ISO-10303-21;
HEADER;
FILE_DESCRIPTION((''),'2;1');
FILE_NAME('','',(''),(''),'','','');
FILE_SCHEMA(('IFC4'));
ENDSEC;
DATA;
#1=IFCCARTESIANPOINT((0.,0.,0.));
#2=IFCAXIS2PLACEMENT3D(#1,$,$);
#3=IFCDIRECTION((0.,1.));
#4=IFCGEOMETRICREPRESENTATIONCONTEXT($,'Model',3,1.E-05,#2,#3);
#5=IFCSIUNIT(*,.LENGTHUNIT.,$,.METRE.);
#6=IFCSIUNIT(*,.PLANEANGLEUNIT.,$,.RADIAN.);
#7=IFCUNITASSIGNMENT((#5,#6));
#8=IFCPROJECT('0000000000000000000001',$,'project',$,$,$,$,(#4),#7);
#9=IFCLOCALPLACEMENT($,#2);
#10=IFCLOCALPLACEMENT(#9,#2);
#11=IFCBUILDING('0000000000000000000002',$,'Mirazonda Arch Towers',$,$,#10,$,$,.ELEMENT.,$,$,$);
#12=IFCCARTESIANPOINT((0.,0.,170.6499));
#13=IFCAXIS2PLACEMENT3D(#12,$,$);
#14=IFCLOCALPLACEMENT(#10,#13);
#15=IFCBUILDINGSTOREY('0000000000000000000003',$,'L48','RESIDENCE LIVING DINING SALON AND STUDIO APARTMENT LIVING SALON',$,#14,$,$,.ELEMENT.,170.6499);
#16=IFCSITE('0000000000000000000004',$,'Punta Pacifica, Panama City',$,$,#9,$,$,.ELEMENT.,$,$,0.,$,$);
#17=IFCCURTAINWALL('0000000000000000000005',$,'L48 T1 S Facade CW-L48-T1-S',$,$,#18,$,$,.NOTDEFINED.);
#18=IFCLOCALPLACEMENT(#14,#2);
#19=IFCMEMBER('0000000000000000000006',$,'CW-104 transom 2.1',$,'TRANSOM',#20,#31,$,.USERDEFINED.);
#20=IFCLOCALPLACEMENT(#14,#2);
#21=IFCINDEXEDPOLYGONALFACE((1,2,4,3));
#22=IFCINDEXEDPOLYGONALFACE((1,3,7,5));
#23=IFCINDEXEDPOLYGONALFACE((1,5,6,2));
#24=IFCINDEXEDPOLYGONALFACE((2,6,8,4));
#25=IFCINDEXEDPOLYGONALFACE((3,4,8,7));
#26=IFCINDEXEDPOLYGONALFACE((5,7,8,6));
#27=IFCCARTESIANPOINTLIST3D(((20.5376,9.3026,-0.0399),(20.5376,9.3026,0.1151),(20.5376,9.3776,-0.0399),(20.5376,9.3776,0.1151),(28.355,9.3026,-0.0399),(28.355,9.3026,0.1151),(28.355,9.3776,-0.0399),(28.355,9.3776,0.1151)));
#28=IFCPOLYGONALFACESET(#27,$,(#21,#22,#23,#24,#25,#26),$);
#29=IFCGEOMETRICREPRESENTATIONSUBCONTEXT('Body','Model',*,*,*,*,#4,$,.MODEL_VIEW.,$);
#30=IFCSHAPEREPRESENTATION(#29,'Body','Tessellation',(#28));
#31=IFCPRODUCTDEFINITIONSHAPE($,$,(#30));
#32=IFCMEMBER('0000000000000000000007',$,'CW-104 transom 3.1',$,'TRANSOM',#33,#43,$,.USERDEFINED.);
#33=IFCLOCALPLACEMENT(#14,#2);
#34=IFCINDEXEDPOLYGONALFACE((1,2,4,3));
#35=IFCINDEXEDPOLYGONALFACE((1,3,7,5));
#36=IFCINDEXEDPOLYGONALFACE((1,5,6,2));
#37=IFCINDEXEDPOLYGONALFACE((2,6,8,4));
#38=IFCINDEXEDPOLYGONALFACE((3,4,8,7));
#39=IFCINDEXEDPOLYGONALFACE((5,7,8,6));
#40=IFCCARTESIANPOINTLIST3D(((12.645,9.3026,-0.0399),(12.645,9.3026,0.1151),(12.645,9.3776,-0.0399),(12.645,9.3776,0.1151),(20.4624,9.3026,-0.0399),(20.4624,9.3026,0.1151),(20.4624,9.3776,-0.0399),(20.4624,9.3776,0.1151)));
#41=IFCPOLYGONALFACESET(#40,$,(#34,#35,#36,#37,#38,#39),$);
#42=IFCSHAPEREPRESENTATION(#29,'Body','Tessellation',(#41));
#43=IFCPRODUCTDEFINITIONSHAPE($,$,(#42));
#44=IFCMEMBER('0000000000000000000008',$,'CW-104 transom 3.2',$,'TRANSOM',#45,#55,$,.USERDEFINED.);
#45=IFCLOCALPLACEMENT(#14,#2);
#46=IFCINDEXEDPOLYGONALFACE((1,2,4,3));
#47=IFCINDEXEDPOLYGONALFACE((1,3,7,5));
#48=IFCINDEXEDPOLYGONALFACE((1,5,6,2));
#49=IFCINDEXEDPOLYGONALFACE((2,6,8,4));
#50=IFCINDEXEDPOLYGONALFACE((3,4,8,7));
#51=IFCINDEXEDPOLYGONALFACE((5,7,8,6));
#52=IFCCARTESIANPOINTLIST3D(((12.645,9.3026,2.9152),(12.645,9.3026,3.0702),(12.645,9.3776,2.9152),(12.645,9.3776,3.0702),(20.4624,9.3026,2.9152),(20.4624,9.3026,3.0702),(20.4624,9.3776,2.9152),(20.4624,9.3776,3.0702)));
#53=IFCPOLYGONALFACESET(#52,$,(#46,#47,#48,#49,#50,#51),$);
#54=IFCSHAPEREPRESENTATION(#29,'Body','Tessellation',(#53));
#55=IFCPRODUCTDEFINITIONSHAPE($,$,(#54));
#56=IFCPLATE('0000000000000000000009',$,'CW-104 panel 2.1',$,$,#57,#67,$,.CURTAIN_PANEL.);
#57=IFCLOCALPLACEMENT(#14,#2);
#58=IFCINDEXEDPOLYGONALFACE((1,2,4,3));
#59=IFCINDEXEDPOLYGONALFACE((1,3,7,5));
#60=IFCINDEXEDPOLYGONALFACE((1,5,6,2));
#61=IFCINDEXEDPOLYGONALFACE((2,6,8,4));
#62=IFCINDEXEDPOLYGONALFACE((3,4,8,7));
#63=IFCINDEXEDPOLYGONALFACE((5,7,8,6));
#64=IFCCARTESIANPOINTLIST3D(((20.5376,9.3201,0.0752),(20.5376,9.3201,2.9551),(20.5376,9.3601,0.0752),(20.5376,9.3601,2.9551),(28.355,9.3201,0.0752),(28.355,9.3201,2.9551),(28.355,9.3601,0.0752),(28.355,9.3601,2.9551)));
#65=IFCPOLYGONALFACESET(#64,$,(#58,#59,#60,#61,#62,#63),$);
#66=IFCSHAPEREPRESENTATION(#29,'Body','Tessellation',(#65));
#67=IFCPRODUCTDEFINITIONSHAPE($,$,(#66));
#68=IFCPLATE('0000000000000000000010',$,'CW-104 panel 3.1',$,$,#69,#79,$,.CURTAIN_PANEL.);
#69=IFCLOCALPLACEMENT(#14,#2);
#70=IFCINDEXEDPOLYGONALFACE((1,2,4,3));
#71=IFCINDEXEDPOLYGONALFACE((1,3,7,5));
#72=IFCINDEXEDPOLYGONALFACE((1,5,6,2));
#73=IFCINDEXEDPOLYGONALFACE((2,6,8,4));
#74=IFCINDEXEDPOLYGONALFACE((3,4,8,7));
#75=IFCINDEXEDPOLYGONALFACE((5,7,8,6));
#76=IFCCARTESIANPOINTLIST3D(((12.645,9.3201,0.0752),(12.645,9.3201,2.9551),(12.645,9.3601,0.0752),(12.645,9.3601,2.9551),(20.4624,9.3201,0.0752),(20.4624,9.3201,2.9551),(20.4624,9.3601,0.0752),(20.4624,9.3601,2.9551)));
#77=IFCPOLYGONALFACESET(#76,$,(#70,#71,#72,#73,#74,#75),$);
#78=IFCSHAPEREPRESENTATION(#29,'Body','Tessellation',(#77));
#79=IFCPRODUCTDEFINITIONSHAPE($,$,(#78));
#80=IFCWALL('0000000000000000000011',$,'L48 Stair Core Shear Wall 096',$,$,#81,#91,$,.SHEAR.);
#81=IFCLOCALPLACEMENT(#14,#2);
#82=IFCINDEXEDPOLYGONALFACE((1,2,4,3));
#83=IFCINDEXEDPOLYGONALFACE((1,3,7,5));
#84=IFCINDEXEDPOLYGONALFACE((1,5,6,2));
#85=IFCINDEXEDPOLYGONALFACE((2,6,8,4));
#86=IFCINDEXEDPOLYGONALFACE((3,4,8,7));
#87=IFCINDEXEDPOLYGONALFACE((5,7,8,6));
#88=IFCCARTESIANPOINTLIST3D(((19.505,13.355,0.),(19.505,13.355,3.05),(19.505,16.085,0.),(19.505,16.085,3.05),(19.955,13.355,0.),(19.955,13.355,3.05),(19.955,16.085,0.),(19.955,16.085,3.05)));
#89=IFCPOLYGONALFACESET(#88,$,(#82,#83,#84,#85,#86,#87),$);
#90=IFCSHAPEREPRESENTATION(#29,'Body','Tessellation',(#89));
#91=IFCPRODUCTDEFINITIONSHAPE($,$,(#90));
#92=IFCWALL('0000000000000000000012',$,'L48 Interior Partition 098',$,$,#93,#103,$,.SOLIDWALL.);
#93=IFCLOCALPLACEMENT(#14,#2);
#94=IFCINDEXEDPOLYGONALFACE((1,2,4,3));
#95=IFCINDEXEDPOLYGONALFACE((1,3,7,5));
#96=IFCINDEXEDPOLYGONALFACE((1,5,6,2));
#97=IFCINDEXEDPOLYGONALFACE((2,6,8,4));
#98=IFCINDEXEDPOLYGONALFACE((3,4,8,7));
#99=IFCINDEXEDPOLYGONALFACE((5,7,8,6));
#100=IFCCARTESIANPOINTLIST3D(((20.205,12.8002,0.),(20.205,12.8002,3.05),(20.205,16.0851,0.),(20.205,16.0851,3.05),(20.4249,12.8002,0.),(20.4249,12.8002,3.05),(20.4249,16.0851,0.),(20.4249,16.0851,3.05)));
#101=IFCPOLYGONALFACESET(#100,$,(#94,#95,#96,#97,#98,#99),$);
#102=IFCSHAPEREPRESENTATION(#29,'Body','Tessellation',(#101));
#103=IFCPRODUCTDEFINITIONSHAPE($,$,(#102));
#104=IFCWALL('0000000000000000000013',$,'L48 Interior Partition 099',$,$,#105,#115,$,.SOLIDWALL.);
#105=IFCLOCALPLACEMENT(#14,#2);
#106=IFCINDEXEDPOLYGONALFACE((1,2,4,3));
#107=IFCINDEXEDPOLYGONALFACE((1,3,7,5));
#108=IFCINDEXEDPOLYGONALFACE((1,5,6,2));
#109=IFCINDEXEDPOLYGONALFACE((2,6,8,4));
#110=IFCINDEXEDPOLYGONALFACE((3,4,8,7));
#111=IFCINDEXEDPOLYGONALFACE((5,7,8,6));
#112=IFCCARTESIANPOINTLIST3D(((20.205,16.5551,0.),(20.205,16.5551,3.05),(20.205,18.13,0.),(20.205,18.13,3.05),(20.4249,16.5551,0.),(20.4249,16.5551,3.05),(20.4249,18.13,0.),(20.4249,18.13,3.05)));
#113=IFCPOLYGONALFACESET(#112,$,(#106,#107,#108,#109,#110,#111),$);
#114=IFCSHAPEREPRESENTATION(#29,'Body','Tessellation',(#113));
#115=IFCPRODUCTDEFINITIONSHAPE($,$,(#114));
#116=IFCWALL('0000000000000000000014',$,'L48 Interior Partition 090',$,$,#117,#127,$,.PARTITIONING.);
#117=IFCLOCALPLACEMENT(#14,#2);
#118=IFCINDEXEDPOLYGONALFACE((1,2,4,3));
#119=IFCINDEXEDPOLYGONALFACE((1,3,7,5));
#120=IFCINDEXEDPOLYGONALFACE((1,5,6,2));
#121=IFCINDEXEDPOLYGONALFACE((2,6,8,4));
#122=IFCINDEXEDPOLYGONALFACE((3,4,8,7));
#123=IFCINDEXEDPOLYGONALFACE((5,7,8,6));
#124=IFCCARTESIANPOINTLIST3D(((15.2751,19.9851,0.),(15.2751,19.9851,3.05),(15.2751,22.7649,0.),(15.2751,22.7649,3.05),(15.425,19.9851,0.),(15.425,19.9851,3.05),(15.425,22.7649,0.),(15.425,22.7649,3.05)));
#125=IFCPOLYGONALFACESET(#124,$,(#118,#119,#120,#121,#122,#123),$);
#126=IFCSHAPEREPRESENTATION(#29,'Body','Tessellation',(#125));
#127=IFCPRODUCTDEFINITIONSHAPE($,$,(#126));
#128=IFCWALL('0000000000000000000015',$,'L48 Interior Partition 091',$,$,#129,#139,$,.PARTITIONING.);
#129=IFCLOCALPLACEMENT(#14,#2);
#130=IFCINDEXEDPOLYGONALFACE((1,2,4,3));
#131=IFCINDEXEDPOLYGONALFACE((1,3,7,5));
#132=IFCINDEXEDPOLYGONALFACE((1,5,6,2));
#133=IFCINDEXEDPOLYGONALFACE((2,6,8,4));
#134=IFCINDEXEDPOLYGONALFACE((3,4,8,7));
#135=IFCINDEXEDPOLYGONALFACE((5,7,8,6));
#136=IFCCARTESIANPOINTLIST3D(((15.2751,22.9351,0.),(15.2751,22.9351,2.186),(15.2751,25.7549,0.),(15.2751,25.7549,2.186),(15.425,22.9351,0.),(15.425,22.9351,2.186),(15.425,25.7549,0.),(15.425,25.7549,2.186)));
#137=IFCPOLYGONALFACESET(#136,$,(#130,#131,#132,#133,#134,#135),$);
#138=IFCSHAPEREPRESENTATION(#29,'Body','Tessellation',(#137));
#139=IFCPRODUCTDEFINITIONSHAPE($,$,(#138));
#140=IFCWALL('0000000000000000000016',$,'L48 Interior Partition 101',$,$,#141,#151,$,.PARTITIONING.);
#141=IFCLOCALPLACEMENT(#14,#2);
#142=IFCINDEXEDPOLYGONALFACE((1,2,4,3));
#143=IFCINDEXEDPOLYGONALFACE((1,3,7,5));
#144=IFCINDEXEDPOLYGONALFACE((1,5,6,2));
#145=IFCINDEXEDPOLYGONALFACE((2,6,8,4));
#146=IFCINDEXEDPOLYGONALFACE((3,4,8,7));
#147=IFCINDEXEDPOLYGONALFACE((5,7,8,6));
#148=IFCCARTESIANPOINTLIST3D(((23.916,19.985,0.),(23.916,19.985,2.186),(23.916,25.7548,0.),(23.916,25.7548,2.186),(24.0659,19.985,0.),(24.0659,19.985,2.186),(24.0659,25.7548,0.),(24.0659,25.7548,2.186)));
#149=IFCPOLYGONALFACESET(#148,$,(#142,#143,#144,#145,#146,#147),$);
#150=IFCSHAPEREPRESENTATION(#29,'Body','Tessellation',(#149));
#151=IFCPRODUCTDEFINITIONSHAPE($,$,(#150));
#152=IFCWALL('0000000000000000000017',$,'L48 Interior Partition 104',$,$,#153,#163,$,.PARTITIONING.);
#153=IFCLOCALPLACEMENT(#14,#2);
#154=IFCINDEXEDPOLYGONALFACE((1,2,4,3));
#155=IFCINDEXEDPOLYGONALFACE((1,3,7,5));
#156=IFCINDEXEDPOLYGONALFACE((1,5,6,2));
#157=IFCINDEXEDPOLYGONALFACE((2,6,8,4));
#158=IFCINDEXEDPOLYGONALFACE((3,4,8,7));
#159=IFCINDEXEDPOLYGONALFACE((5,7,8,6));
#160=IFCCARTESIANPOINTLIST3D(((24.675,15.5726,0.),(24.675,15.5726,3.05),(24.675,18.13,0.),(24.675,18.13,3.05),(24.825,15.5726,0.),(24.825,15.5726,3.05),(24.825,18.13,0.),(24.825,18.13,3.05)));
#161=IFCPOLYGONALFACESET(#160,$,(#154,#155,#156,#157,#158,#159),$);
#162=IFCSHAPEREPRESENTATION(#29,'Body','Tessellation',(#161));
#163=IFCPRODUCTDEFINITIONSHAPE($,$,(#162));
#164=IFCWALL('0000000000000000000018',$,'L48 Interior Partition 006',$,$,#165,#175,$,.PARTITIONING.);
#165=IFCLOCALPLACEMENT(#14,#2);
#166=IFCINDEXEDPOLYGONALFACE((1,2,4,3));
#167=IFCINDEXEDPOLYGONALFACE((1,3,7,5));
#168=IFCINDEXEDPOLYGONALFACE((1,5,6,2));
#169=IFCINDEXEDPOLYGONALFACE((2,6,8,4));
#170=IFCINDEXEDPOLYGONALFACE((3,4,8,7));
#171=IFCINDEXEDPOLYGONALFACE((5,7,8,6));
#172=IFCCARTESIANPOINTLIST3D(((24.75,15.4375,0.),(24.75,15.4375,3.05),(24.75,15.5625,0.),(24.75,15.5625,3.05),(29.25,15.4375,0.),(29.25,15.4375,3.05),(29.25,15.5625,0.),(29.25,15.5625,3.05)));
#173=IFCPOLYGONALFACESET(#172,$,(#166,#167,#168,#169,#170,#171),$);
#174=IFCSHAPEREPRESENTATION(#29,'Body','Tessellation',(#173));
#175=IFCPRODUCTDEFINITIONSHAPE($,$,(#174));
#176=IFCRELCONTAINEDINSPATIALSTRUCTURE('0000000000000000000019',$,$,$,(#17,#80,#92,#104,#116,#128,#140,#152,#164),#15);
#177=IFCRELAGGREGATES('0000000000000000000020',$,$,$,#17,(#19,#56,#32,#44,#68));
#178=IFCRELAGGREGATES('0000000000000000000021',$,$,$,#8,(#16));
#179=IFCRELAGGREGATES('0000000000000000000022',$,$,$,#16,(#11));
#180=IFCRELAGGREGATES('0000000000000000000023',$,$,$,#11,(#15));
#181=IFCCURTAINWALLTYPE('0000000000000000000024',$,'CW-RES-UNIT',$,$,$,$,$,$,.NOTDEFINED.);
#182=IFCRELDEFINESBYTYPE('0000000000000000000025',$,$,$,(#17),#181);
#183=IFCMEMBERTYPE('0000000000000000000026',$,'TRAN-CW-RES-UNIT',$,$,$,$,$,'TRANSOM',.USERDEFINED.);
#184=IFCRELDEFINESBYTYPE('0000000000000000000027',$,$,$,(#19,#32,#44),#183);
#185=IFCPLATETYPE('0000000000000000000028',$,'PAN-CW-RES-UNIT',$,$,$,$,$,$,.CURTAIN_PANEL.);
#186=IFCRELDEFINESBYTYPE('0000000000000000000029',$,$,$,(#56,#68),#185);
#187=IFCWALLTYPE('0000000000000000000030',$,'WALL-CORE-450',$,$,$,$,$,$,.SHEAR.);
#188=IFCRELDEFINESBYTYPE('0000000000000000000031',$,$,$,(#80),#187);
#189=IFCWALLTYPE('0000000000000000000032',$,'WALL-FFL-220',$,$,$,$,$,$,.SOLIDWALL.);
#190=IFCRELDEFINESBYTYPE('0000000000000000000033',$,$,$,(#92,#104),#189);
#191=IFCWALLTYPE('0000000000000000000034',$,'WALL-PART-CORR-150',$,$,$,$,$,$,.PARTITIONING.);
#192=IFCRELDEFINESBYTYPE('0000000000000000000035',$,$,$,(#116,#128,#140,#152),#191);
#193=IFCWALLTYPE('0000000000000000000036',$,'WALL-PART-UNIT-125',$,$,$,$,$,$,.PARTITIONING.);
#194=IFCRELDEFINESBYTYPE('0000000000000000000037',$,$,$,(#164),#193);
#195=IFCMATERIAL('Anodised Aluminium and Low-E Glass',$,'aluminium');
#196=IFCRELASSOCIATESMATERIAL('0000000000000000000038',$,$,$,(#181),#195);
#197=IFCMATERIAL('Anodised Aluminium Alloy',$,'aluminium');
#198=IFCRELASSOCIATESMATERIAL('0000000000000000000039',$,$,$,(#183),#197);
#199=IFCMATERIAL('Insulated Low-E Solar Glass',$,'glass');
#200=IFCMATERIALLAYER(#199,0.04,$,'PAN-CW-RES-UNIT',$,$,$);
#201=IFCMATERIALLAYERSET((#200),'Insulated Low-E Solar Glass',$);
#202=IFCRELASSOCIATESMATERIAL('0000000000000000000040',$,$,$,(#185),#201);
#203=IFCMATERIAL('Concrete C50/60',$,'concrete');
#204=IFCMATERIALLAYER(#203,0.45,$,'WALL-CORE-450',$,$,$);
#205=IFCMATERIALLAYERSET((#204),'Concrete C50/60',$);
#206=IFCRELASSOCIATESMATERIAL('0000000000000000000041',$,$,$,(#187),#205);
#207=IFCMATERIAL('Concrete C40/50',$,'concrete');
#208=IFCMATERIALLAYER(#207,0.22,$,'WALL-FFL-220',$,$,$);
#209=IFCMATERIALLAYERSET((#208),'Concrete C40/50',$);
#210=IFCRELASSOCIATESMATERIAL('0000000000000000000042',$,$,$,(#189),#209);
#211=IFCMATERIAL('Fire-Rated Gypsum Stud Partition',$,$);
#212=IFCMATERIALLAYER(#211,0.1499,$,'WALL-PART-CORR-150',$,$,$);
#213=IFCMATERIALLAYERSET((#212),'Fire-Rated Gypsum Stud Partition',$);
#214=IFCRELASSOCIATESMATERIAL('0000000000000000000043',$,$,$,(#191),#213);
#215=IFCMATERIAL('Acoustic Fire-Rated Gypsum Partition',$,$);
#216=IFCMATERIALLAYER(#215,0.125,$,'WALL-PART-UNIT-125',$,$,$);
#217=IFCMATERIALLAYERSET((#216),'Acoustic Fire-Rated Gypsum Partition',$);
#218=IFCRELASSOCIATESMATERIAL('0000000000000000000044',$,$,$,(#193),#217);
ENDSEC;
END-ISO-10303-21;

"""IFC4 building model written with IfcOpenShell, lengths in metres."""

from ifc_helpers import new_model, si_unit, direction, frame, frame_2d, origin, origin_2d, place, context, subcontext, project, spatial, rectangle, extrude, material, layer, layer_set, material_profile, profile_set, type_object, element, aggregate, save


model = new_model("IFC4")

# Units and contexts
model_context = context("Model", 3, precision=1e-05, world=origin(), true_north=direction((0.0, 1.0)))
body_context = subcontext(model_context, "Body", "Model", "MODEL_VIEW")
ifc_project = project(units=[si_unit("LENGTHUNIT", "METRE"), si_unit("PLANEANGLEUNIT", "RADIAN")], contexts=[model_context])

# Site, building, storey
site_placement = place(None, origin())
site = spatial("IfcSite", under=ifc_project, at=site_placement, Name="Punta Pacifica, Panama City", CompositionType="ELEMENT", RefElevation=0.0)
building_placement = place(site_placement, origin())
building = spatial("IfcBuilding", under=site, at=building_placement, Name="Mirazonda Arch Towers", CompositionType="ELEMENT")
storey_placement = place(building_placement, frame((0.0, 0.0, 170.6499)))
storey = spatial("IfcBuildingStorey", under=building, at=storey_placement, Name="L48", Description="RESIDENCE LIVING DINING SALON AND STUDIO APARTMENT LIVING SALON", CompositionType="ELEMENT", Elevation=170.6499)

# Shared definitions
ifc_material_1 = material(Name="Concrete C50/60", Category="concrete")

# Curtain wall, members, plates
ifc_material_2 = material(Name="Anodised Aluminium and Low-E Glass", Category="aluminium")
curtain_wall_type = type_object("IfcCurtainWallType", Name="CW-RES-UNIT", PredefinedType="NOTDEFINED", material=ifc_material_2)
curtain_wall_placement = place(storey_placement, origin())
curtain_wall = element("IfcCurtainWall", 1, at=curtain_wall_placement, inside=storey, type_object=curtain_wall_type, Name="L48 T1 S Facade CW-L48-T1-S", PredefinedType="NOTDEFINED")
ifc_material_3 = material(Name="Anodised Aluminium Alloy", Category="aluminium")
ifc_material_profile_1 = material_profile(ifc_material_3, rectangle(XDim=0.075, YDim=0.155, at=origin_2d()), Name="ALU-TRAN-75x155")
ifc_profile_set_1 = profile_set([ifc_material_profile_1], Name="Anodised Aluminium Alloy")
member_type_1 = type_object("IfcMemberType", Name="TRAN-CW-RES-UNIT", ElementType="TRANSOM", PredefinedType="USERDEFINED", material=ifc_profile_set_1)
member_1_placement = place(storey_placement, frame((28.355, 9.3401, 0.0376), z_axis=(-1.0, 0.0, 0.0), x_axis=(0.0, -1.0, 0.0)))
member_1 = element("IfcMember", 2, at=member_1_placement, type_object=member_type_1, Name="CW-104 transom 2.1", ObjectType="TRANSOM", PredefinedType="USERDEFINED", context=body_context, shape_type="SweptSolid", body=[
    extrude(rectangle(XDim=0.075, YDim=0.155, at=origin_2d()), origin(), (0.0, 0.0, 1.0), 7.8174),
])
member_2_placement = place(storey_placement, frame((20.4624, 9.3401, 0.0376), z_axis=(-1.0, 0.0, 0.0), x_axis=(0.0, -1.0, 0.0)))
member_2 = element("IfcMember", 3, at=member_2_placement, type_object=member_type_1, Name="CW-104 transom 3.1", ObjectType="TRANSOM", PredefinedType="USERDEFINED", context=body_context, shape_type="SweptSolid", body=[
    extrude(rectangle(XDim=0.075, YDim=0.155, at=origin_2d()), origin(), (0.0, 0.0, 1.0), 7.8174),
])
member_3_placement = place(storey_placement, frame((20.4624, 9.3401, 2.9927), z_axis=(-1.0, 0.0, 0.0), x_axis=(0.0, -1.0, 0.0)))
member_3 = element("IfcMember", 4, at=member_3_placement, type_object=member_type_1, Name="CW-104 transom 3.2", ObjectType="TRANSOM", PredefinedType="USERDEFINED", context=body_context, shape_type="SweptSolid", body=[
    extrude(rectangle(XDim=0.075, YDim=0.155, at=origin_2d()), origin(), (0.0, 0.0, 1.0), 7.8174),
])
ifc_material_4 = material(Name="Insulated Low-E Solar Glass", Category="glass")
ifc_layer_1 = layer(ifc_material_4, 0.04, Name="PAN-CW-RES-UNIT")
ifc_layer_set_1 = layer_set([ifc_layer_1], Name="Insulated Low-E Solar Glass")
plate_type = type_object("IfcPlateType", Name="PAN-CW-RES-UNIT", PredefinedType="CURTAIN_PANEL", material=ifc_layer_set_1)
plate_1_placement = place(storey_placement, frame((24.4463, 9.3401, 0.0752), z_axis=(0.0, 0.0, 1.0), x_axis=(-1.0, 0.0, 0.0)))
plate_1 = element("IfcPlate", 5, at=plate_1_placement, type_object=plate_type, Name="CW-104 panel 2.1", PredefinedType="CURTAIN_PANEL", context=body_context, shape_type="SweptSolid", body=[
    extrude(rectangle(XDim=7.8174, YDim=0.04, at=origin_2d()), origin(), (0.0, 0.0, 1.0), 2.8799),
])
plate_2_placement = place(storey_placement, frame((16.5537, 9.3401, 0.0752), z_axis=(0.0, 0.0, 1.0), x_axis=(-1.0, 0.0, 0.0)))
plate_2 = element("IfcPlate", 6, at=plate_2_placement, type_object=plate_type, Name="CW-104 panel 3.1", PredefinedType="CURTAIN_PANEL", context=body_context, shape_type="SweptSolid", body=[
    extrude(rectangle(XDim=7.8174, YDim=0.04, at=origin_2d()), origin(), (0.0, 0.0, 1.0), 2.8799),
])
aggregate(curtain_wall, [member_1, plate_1, member_2, member_3, plate_2])

# Walls
ifc_layer_2 = layer(ifc_material_1, 0.45, Name="WALL-CORE-450")
ifc_layer_set_2 = layer_set([ifc_layer_2], Name="Concrete C50/60")
wall_type_1 = type_object("IfcWallType", Name="WALL-CORE-450", PredefinedType="SHEAR", material=ifc_layer_set_2)
wall_1_placement = place(storey_placement, frame((19.73, 13.355, 0.0), z_axis=(0.0, 0.0, 1.0), x_axis=(0.0, 1.0, 0.0)))
element("IfcWall", 7, at=wall_1_placement, inside=storey, type_object=wall_type_1, Name="L48 Stair Core Shear Wall 096", PredefinedType="SHEAR", context=body_context, shape_type="SweptSolid", body=[
    extrude(rectangle(XDim=2.73, YDim=0.45, at=frame_2d((1.365, 0.0))), origin(), (0.0, 0.0, 1.0), 3.05),
])
ifc_material_5 = material(Name="Concrete C40/50", Category="concrete")
ifc_layer_3 = layer(ifc_material_5, 0.22, Name="WALL-FFL-220")
ifc_layer_set_3 = layer_set([ifc_layer_3], Name="Concrete C40/50")
wall_type_2 = type_object("IfcWallType", Name="WALL-FFL-220", PredefinedType="SOLIDWALL", material=ifc_layer_set_3)
wall_2_placement = place(storey_placement, frame((20.3149, 12.8, 0.0), z_axis=(0.0, 0.0, 1.0), x_axis=(0.0, 1.0, 0.0)))
element("IfcWall", 8, at=wall_2_placement, inside=storey, type_object=wall_type_2, Name="L48 Interior Partition 098", PredefinedType="SOLIDWALL", context=body_context, shape_type="SweptSolid", body=[
    extrude(rectangle(XDim=3.2849, YDim=0.22, at=frame_2d((1.6426, 0.0))), origin(), (0.0, 0.0, 1.0), 3.05),
])
wall_3_placement = place(storey_placement, frame((20.3149, 16.5549, 0.0), z_axis=(0.0, 0.0, 1.0), x_axis=(0.0, 1.0, 0.0)))
element("IfcWall", 9, at=wall_3_placement, inside=storey, type_object=wall_type_2, Name="L48 Interior Partition 099", PredefinedType="SOLIDWALL", context=body_context, shape_type="SweptSolid", body=[
    extrude(rectangle(XDim=1.575, YDim=0.22, at=frame_2d((0.7876, 0.0))), origin(), (0.0, 0.0, 1.0), 3.05),
])
ifc_material_6 = material(Name="Fire-Rated Gypsum Stud Partition")
ifc_layer_4 = layer(ifc_material_6, 0.1499, Name="WALL-PART-CORR-150")
ifc_layer_set_4 = layer_set([ifc_layer_4], Name="Fire-Rated Gypsum Stud Partition")
wall_type_3 = type_object("IfcWallType", Name="WALL-PART-CORR-150", PredefinedType="PARTITIONING", material=ifc_layer_set_4)
wall_4_placement = place(storey_placement, frame((15.3501, 19.9851, 0.0), z_axis=(0.0, 0.0, 1.0), x_axis=(0.0, 1.0, 0.0)))
element("IfcWall", 10, at=wall_4_placement, inside=storey, type_object=wall_type_3, Name="L48 Interior Partition 090", PredefinedType="PARTITIONING", context=body_context, shape_type="SweptSolid", body=[
    extrude(rectangle(XDim=2.7798, YDim=0.1499, at=frame_2d((1.3899, 0.0))), origin(), (0.0, 0.0, 1.0), 3.05),
])
wall_5_placement = place(storey_placement, frame((15.3501, 22.9351, 0.0), z_axis=(0.0, 0.0, 1.0), x_axis=(0.0, 1.0, 0.0)))
element("IfcWall", 11, at=wall_5_placement, inside=storey, type_object=wall_type_3, Name="L48 Interior Partition 091", PredefinedType="PARTITIONING", context=body_context, shape_type="SweptSolid", body=[
    extrude(rectangle(XDim=2.8198, YDim=0.1499, at=frame_2d((1.4099, 0.0))), origin(), (0.0, 0.0, 1.0), 2.186),
])
wall_6_placement = place(storey_placement, frame((23.991, 19.9851, 0.0), z_axis=(0.0, 0.0, 1.0), x_axis=(0.0, 1.0, 0.0)))
element("IfcWall", 12, at=wall_6_placement, inside=storey, type_object=wall_type_3, Name="L48 Interior Partition 101", PredefinedType="PARTITIONING", context=body_context, shape_type="SweptSolid", body=[
    extrude(rectangle(XDim=5.7698, YDim=0.1499, at=frame_2d((2.8848, 0.0))), origin(), (0.0, 0.0, 1.0), 2.186),
])

# Walls
wall_7_placement = place(storey_placement, frame((24.75, 15.5725, 0.0), z_axis=(0.0, 0.0, 1.0), x_axis=(0.0, 1.0, 0.0)))
element("IfcWall", 13, at=wall_7_placement, inside=storey, type_object=wall_type_3, Name="L48 Interior Partition 104", PredefinedType="PARTITIONING", context=body_context, shape_type="SweptSolid", body=[
    extrude(rectangle(XDim=2.5574, YDim=0.1499, at=frame_2d((1.2788, 0.0))), origin(), (0.0, 0.0, 1.0), 3.05),
])
ifc_material_7 = material(Name="Acoustic Fire-Rated Gypsum Partition")
ifc_layer_5 = layer(ifc_material_7, 0.125, Name="WALL-PART-UNIT-125")
ifc_layer_set_5 = layer_set([ifc_layer_5], Name="Acoustic Fire-Rated Gypsum Partition")
wall_type_4 = type_object("IfcWallType", Name="WALL-PART-UNIT-125", PredefinedType="PARTITIONING", material=ifc_layer_set_5)
wall_8_placement = place(storey_placement, frame((24.75, 15.5, 0.0), z_axis=(0.0, 0.0, 1.0), x_axis=(1.0, 0.0, 0.0)))
element("IfcWall", 14, at=wall_8_placement, inside=storey, type_object=wall_type_4, Name="L48 Interior Partition 006", PredefinedType="PARTITIONING", context=body_context, shape_type="SweptSolid", body=[
    extrude(rectangle(XDim=4.5, YDim=0.125, at=frame_2d((2.25, 0.0))), origin(), (0.0, 0.0, 1.0), 3.05),
])

save(model, "model.ifc")
